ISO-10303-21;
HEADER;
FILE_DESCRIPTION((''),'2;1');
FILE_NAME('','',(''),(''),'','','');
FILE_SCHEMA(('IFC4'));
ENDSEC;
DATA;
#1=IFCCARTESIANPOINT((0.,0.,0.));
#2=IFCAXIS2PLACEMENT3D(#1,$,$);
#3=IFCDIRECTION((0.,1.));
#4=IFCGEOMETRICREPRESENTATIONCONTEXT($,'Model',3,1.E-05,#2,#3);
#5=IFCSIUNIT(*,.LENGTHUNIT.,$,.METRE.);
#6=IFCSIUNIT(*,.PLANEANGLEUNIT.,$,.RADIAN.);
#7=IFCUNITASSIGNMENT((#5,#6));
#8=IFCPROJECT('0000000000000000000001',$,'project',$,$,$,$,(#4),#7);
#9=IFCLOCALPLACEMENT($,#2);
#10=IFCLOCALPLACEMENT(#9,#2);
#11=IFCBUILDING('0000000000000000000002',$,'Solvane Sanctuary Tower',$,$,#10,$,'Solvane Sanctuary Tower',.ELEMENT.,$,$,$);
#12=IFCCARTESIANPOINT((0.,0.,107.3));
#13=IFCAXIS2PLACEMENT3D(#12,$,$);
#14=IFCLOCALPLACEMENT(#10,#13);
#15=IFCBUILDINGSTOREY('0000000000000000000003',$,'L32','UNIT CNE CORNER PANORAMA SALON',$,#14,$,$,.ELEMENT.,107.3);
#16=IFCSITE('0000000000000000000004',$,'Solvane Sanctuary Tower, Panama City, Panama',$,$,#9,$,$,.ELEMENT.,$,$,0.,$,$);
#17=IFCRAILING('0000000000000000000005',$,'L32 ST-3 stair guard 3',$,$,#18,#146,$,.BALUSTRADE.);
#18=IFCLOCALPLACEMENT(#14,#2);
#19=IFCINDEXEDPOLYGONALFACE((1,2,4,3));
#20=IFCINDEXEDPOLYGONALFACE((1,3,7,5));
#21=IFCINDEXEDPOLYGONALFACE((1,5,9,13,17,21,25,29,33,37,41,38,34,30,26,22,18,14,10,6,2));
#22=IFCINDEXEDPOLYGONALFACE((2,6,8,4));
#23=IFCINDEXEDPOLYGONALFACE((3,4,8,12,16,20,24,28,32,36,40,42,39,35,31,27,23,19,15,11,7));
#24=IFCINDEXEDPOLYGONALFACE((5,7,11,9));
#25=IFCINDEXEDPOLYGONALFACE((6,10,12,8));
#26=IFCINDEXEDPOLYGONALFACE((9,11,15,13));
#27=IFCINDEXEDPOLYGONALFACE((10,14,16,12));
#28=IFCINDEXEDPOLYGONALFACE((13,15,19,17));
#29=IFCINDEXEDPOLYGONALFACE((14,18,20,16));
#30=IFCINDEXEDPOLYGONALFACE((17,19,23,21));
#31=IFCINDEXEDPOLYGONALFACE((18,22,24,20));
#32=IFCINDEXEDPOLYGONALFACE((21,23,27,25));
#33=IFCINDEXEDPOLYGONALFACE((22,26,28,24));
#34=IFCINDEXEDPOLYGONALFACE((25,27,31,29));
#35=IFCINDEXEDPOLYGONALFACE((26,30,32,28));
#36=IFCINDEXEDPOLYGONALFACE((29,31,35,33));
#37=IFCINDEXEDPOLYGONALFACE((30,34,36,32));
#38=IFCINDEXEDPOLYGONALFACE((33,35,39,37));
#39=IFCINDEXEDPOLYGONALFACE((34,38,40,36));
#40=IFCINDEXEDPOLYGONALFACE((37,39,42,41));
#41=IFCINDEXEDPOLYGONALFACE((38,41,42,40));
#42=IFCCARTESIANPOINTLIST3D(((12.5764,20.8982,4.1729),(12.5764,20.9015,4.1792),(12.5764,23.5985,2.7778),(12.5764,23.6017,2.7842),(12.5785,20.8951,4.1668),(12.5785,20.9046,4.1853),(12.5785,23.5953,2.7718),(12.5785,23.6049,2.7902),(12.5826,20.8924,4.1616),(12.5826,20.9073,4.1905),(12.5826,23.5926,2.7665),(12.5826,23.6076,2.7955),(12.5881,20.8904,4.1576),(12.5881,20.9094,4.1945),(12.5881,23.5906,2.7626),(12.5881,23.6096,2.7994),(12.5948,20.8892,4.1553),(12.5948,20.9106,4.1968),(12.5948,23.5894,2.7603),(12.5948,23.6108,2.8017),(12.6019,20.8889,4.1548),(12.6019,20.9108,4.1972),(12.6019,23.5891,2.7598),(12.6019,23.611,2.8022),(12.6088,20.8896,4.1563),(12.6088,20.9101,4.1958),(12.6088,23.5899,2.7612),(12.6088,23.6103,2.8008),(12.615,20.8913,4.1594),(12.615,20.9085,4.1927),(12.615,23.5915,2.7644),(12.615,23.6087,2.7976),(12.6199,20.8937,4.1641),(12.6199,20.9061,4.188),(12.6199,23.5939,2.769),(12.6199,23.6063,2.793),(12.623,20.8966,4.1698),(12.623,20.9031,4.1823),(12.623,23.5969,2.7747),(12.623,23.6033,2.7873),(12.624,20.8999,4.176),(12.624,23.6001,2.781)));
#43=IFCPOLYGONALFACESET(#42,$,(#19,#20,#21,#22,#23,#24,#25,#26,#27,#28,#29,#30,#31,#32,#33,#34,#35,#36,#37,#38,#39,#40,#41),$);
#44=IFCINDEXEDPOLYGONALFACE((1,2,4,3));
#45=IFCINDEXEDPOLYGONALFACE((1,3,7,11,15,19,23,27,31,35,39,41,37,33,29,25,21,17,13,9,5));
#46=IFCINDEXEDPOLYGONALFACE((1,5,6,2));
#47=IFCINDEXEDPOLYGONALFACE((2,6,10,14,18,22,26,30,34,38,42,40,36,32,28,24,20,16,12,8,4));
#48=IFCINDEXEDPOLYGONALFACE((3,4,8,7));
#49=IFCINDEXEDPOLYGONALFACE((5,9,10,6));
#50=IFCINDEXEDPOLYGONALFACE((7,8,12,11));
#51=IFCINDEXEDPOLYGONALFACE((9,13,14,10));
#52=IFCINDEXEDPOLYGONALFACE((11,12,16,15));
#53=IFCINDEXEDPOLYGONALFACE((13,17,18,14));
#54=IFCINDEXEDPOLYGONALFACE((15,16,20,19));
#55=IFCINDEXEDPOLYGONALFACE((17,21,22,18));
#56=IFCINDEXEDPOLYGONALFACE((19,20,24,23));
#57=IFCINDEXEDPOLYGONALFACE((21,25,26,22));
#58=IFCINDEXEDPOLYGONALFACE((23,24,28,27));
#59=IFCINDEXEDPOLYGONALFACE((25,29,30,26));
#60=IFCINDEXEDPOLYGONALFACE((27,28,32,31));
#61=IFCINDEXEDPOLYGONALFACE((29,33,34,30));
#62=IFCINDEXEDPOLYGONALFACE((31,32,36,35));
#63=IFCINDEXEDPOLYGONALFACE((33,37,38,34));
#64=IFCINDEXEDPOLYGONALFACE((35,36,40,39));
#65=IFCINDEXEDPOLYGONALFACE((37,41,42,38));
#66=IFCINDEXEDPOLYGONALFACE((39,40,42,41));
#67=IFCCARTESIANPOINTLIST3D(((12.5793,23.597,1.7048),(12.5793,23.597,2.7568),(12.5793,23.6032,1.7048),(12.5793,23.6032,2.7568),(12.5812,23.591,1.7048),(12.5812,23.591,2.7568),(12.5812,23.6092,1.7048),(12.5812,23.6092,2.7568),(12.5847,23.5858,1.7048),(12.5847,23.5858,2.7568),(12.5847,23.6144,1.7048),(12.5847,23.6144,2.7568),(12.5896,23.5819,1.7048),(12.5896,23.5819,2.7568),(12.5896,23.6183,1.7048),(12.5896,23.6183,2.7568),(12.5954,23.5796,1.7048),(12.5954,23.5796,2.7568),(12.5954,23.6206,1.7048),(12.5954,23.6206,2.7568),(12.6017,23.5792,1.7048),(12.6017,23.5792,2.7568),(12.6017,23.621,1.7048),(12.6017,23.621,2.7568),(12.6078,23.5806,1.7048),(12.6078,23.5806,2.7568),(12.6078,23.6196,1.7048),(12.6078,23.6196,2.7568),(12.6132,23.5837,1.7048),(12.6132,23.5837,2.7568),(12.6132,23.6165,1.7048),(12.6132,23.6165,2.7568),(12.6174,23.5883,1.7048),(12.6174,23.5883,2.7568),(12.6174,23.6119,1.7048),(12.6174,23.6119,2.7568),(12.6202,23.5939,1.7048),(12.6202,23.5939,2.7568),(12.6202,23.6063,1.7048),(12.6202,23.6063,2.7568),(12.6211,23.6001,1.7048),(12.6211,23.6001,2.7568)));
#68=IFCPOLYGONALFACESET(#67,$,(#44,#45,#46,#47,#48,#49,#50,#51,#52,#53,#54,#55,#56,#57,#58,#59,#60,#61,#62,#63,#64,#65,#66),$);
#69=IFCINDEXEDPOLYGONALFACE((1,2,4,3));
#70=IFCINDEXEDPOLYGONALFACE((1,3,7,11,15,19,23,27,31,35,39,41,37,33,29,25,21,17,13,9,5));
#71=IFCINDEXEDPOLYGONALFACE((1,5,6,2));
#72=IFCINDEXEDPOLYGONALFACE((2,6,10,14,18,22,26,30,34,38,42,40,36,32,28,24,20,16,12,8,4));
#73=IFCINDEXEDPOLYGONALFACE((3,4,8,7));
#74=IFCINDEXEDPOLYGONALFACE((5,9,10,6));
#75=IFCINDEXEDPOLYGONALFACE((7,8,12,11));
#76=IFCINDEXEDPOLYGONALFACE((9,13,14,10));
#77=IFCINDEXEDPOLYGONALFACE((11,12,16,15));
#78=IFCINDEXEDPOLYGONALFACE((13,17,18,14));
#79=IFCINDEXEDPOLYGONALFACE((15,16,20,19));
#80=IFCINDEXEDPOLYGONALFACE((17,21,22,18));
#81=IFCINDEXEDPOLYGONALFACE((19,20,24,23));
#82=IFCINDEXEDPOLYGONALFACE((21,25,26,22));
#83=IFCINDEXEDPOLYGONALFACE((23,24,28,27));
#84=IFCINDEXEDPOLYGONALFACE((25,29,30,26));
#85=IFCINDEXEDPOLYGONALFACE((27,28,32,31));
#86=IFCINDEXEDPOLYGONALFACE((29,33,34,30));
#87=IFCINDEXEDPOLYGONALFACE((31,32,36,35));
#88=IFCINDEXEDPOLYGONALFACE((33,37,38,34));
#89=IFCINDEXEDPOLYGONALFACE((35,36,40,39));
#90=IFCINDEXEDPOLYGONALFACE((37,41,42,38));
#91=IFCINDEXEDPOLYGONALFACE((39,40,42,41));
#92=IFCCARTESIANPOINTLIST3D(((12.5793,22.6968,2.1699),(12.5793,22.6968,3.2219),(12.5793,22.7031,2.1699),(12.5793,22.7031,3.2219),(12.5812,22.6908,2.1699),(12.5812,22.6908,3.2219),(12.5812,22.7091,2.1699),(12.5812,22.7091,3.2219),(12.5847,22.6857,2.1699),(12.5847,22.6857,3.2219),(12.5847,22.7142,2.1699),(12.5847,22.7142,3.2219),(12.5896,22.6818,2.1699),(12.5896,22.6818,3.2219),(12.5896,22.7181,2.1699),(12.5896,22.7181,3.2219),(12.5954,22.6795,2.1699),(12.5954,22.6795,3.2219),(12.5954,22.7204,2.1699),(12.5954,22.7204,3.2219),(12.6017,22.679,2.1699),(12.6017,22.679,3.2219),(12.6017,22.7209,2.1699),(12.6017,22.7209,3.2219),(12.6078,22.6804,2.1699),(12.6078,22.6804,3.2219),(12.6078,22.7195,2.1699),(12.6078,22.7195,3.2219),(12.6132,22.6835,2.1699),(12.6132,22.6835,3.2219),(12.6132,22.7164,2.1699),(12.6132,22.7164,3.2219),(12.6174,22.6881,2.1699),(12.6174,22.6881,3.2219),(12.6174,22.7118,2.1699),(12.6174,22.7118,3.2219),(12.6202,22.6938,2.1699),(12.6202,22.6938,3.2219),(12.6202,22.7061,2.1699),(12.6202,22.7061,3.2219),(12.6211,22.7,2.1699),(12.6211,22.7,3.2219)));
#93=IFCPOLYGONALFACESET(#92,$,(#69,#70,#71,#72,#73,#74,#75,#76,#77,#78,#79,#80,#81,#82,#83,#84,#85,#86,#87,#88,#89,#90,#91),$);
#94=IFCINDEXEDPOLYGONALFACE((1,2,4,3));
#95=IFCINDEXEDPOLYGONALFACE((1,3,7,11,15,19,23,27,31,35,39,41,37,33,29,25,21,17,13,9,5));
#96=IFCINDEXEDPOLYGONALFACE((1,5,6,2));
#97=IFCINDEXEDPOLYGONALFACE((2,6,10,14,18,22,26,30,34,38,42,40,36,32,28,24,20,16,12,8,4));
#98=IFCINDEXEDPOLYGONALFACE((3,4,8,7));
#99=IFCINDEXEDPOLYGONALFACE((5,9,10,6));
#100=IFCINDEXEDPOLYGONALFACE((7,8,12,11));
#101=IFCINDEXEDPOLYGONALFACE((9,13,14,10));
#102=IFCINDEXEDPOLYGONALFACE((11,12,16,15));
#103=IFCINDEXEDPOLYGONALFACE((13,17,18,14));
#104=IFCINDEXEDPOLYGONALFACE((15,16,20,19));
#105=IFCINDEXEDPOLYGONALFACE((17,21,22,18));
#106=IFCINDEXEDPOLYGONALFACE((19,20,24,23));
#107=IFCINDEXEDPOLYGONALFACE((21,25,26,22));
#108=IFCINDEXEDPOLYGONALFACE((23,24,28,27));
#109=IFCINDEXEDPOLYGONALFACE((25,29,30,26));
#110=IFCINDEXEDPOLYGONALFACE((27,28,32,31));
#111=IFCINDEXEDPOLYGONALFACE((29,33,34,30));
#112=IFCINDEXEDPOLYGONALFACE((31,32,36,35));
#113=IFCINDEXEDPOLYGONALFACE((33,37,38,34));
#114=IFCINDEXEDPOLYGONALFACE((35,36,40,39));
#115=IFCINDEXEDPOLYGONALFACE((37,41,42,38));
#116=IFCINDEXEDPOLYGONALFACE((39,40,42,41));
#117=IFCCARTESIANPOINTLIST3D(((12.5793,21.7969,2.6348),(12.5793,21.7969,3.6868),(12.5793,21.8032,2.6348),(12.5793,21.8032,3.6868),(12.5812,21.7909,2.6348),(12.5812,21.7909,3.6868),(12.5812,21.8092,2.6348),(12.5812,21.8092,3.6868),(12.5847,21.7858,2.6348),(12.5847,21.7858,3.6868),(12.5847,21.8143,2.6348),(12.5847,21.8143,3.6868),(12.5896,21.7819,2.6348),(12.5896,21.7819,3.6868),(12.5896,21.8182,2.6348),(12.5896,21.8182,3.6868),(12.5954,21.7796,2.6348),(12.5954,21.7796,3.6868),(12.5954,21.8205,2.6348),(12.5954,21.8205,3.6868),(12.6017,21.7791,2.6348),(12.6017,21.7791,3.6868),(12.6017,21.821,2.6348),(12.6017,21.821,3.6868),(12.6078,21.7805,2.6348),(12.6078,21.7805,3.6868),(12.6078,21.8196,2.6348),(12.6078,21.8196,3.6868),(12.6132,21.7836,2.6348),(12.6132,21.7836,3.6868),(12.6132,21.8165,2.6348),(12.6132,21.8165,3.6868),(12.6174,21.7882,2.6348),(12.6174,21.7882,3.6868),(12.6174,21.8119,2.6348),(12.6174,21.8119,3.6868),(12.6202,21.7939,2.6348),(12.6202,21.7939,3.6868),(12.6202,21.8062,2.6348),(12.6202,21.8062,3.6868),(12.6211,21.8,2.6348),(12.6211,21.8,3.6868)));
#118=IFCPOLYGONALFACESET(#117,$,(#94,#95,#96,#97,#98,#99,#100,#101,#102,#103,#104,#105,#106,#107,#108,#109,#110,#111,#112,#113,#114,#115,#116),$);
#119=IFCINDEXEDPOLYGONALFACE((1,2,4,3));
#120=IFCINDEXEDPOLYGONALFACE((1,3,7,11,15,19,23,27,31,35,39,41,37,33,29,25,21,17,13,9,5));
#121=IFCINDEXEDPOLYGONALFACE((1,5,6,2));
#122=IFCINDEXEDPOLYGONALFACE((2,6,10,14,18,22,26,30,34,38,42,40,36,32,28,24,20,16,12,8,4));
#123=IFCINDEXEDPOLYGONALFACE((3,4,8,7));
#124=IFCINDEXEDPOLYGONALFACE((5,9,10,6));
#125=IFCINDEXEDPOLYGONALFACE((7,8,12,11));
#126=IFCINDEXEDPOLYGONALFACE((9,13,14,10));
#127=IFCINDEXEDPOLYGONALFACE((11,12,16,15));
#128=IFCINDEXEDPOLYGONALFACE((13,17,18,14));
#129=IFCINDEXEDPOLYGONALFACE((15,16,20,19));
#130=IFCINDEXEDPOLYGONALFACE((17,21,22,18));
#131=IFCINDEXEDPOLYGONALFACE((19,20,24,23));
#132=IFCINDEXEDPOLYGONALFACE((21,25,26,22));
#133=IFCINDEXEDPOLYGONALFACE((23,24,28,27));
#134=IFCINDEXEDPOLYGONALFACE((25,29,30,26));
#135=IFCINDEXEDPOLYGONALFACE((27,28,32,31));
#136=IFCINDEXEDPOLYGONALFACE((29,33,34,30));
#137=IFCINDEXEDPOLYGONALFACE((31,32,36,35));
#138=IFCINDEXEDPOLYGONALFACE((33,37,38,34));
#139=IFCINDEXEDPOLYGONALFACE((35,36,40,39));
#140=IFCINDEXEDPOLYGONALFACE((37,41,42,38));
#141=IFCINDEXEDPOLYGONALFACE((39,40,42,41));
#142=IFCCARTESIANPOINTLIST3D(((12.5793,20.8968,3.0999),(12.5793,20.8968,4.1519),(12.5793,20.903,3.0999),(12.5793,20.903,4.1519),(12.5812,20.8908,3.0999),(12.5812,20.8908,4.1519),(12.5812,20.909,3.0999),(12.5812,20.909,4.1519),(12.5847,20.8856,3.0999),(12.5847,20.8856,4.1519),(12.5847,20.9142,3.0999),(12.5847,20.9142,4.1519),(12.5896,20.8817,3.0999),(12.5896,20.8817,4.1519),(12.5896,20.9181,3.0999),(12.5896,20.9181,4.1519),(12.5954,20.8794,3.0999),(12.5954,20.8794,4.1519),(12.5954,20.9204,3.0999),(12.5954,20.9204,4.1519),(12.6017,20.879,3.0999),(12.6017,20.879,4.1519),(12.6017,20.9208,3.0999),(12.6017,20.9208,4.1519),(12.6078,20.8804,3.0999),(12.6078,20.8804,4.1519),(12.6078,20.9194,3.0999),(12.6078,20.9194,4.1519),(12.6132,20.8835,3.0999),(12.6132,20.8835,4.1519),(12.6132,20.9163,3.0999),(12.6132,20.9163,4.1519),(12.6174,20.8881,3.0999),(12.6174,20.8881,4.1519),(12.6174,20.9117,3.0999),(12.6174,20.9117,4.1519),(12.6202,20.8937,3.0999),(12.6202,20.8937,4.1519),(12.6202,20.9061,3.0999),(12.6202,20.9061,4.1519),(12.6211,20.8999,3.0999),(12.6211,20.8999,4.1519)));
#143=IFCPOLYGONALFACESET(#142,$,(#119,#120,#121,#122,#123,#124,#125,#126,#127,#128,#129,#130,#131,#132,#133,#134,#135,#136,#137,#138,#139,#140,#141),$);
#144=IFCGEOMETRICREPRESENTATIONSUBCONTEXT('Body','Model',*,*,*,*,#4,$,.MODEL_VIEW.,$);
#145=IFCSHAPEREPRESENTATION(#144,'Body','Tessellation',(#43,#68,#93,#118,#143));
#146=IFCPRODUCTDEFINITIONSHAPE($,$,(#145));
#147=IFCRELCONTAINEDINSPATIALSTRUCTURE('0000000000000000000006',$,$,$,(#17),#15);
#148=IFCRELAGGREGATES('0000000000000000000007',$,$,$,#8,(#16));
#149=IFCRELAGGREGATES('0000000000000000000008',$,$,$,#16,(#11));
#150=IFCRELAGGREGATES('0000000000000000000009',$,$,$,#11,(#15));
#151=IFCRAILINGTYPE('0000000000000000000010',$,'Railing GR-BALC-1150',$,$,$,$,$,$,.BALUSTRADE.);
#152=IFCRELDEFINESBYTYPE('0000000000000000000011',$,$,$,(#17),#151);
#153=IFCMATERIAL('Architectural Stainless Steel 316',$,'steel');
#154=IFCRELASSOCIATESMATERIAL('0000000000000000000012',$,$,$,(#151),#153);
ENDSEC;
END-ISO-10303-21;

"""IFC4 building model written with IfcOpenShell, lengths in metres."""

from ifc_helpers import new_model, si_unit, direction, frame, origin, origin_2d, place, context, subcontext, project, spatial, circle, extrude, material, type_object, element, save


model = new_model("IFC4")

# Units and contexts
model_context = context("Model", 3, precision=1e-05, world=origin(), true_north=direction((0.0, 1.0)))
body_context = subcontext(model_context, "Body", "Model", "MODEL_VIEW")
ifc_project = project(units=[si_unit("LENGTHUNIT", "METRE"), si_unit("PLANEANGLEUNIT", "RADIAN")], contexts=[model_context])

# Site, building, storey
site_placement = place(None, origin())
site = spatial("IfcSite", under=ifc_project, at=site_placement, Name="Solvane Sanctuary Tower, Panama City, Panama", CompositionType="ELEMENT", RefElevation=0.0)
building_placement = place(site_placement, origin())
building = spatial("IfcBuilding", under=site, at=building_placement, Name="Solvane Sanctuary Tower", LongName="Solvane Sanctuary Tower", CompositionType="ELEMENT")
storey_placement = place(building_placement, frame((0.0, 0.0, 107.3)))
storey = spatial("IfcBuildingStorey", under=building, at=storey_placement, Name="L32", Description="UNIT CNE CORNER PANORAMA SALON", CompositionType="ELEMENT", Elevation=107.3)

# Railing
ifc_material_1 = material(Name="Architectural Stainless Steel 316", Category="steel")
railing_type_1 = type_object("IfcRailingType", Name="Railing GR-BALC-1150", PredefinedType="BALUSTRADE", material=ifc_material_1)
railing_1_placement = place(storey_placement, frame((12.6001, 23.6001, 1.7048)))
element("IfcRailing", 1, at=railing_1_placement, inside=storey, type_object=railing_type_1, Name="L32 ST-3 stair guard 3", PredefinedType="BALUSTRADE", context=body_context, shape_type="SweptSolid", body=[
    extrude(circle(Radius=0.0239, at=origin_2d()), frame((0.0, 0.0, 1.0762), z_axis=(0.0, -0.888437, 0.458999), x_axis=(1.0, 0.0, 0.0)), (0.0, 0.0, 1.0), 3.0393),
    extrude(circle(Radius=0.021, at=origin_2d()), origin(), (0.0, 0.0, 1.0), 1.052),
    extrude(circle(Radius=0.021, at=origin_2d()), frame((0.0, -0.9001, 0.4651)), (0.0, 0.0, 1.0), 1.052),
    extrude(circle(Radius=0.021, at=origin_2d()), frame((0.0, -1.8, 0.9299)), (0.0, 0.0, 1.0), 1.052),
    extrude(circle(Radius=0.021, at=origin_2d()), frame((0.0, -2.7002, 1.395)), (0.0, 0.0, 1.0), 1.052),
])

save(model, "model.ifc")
